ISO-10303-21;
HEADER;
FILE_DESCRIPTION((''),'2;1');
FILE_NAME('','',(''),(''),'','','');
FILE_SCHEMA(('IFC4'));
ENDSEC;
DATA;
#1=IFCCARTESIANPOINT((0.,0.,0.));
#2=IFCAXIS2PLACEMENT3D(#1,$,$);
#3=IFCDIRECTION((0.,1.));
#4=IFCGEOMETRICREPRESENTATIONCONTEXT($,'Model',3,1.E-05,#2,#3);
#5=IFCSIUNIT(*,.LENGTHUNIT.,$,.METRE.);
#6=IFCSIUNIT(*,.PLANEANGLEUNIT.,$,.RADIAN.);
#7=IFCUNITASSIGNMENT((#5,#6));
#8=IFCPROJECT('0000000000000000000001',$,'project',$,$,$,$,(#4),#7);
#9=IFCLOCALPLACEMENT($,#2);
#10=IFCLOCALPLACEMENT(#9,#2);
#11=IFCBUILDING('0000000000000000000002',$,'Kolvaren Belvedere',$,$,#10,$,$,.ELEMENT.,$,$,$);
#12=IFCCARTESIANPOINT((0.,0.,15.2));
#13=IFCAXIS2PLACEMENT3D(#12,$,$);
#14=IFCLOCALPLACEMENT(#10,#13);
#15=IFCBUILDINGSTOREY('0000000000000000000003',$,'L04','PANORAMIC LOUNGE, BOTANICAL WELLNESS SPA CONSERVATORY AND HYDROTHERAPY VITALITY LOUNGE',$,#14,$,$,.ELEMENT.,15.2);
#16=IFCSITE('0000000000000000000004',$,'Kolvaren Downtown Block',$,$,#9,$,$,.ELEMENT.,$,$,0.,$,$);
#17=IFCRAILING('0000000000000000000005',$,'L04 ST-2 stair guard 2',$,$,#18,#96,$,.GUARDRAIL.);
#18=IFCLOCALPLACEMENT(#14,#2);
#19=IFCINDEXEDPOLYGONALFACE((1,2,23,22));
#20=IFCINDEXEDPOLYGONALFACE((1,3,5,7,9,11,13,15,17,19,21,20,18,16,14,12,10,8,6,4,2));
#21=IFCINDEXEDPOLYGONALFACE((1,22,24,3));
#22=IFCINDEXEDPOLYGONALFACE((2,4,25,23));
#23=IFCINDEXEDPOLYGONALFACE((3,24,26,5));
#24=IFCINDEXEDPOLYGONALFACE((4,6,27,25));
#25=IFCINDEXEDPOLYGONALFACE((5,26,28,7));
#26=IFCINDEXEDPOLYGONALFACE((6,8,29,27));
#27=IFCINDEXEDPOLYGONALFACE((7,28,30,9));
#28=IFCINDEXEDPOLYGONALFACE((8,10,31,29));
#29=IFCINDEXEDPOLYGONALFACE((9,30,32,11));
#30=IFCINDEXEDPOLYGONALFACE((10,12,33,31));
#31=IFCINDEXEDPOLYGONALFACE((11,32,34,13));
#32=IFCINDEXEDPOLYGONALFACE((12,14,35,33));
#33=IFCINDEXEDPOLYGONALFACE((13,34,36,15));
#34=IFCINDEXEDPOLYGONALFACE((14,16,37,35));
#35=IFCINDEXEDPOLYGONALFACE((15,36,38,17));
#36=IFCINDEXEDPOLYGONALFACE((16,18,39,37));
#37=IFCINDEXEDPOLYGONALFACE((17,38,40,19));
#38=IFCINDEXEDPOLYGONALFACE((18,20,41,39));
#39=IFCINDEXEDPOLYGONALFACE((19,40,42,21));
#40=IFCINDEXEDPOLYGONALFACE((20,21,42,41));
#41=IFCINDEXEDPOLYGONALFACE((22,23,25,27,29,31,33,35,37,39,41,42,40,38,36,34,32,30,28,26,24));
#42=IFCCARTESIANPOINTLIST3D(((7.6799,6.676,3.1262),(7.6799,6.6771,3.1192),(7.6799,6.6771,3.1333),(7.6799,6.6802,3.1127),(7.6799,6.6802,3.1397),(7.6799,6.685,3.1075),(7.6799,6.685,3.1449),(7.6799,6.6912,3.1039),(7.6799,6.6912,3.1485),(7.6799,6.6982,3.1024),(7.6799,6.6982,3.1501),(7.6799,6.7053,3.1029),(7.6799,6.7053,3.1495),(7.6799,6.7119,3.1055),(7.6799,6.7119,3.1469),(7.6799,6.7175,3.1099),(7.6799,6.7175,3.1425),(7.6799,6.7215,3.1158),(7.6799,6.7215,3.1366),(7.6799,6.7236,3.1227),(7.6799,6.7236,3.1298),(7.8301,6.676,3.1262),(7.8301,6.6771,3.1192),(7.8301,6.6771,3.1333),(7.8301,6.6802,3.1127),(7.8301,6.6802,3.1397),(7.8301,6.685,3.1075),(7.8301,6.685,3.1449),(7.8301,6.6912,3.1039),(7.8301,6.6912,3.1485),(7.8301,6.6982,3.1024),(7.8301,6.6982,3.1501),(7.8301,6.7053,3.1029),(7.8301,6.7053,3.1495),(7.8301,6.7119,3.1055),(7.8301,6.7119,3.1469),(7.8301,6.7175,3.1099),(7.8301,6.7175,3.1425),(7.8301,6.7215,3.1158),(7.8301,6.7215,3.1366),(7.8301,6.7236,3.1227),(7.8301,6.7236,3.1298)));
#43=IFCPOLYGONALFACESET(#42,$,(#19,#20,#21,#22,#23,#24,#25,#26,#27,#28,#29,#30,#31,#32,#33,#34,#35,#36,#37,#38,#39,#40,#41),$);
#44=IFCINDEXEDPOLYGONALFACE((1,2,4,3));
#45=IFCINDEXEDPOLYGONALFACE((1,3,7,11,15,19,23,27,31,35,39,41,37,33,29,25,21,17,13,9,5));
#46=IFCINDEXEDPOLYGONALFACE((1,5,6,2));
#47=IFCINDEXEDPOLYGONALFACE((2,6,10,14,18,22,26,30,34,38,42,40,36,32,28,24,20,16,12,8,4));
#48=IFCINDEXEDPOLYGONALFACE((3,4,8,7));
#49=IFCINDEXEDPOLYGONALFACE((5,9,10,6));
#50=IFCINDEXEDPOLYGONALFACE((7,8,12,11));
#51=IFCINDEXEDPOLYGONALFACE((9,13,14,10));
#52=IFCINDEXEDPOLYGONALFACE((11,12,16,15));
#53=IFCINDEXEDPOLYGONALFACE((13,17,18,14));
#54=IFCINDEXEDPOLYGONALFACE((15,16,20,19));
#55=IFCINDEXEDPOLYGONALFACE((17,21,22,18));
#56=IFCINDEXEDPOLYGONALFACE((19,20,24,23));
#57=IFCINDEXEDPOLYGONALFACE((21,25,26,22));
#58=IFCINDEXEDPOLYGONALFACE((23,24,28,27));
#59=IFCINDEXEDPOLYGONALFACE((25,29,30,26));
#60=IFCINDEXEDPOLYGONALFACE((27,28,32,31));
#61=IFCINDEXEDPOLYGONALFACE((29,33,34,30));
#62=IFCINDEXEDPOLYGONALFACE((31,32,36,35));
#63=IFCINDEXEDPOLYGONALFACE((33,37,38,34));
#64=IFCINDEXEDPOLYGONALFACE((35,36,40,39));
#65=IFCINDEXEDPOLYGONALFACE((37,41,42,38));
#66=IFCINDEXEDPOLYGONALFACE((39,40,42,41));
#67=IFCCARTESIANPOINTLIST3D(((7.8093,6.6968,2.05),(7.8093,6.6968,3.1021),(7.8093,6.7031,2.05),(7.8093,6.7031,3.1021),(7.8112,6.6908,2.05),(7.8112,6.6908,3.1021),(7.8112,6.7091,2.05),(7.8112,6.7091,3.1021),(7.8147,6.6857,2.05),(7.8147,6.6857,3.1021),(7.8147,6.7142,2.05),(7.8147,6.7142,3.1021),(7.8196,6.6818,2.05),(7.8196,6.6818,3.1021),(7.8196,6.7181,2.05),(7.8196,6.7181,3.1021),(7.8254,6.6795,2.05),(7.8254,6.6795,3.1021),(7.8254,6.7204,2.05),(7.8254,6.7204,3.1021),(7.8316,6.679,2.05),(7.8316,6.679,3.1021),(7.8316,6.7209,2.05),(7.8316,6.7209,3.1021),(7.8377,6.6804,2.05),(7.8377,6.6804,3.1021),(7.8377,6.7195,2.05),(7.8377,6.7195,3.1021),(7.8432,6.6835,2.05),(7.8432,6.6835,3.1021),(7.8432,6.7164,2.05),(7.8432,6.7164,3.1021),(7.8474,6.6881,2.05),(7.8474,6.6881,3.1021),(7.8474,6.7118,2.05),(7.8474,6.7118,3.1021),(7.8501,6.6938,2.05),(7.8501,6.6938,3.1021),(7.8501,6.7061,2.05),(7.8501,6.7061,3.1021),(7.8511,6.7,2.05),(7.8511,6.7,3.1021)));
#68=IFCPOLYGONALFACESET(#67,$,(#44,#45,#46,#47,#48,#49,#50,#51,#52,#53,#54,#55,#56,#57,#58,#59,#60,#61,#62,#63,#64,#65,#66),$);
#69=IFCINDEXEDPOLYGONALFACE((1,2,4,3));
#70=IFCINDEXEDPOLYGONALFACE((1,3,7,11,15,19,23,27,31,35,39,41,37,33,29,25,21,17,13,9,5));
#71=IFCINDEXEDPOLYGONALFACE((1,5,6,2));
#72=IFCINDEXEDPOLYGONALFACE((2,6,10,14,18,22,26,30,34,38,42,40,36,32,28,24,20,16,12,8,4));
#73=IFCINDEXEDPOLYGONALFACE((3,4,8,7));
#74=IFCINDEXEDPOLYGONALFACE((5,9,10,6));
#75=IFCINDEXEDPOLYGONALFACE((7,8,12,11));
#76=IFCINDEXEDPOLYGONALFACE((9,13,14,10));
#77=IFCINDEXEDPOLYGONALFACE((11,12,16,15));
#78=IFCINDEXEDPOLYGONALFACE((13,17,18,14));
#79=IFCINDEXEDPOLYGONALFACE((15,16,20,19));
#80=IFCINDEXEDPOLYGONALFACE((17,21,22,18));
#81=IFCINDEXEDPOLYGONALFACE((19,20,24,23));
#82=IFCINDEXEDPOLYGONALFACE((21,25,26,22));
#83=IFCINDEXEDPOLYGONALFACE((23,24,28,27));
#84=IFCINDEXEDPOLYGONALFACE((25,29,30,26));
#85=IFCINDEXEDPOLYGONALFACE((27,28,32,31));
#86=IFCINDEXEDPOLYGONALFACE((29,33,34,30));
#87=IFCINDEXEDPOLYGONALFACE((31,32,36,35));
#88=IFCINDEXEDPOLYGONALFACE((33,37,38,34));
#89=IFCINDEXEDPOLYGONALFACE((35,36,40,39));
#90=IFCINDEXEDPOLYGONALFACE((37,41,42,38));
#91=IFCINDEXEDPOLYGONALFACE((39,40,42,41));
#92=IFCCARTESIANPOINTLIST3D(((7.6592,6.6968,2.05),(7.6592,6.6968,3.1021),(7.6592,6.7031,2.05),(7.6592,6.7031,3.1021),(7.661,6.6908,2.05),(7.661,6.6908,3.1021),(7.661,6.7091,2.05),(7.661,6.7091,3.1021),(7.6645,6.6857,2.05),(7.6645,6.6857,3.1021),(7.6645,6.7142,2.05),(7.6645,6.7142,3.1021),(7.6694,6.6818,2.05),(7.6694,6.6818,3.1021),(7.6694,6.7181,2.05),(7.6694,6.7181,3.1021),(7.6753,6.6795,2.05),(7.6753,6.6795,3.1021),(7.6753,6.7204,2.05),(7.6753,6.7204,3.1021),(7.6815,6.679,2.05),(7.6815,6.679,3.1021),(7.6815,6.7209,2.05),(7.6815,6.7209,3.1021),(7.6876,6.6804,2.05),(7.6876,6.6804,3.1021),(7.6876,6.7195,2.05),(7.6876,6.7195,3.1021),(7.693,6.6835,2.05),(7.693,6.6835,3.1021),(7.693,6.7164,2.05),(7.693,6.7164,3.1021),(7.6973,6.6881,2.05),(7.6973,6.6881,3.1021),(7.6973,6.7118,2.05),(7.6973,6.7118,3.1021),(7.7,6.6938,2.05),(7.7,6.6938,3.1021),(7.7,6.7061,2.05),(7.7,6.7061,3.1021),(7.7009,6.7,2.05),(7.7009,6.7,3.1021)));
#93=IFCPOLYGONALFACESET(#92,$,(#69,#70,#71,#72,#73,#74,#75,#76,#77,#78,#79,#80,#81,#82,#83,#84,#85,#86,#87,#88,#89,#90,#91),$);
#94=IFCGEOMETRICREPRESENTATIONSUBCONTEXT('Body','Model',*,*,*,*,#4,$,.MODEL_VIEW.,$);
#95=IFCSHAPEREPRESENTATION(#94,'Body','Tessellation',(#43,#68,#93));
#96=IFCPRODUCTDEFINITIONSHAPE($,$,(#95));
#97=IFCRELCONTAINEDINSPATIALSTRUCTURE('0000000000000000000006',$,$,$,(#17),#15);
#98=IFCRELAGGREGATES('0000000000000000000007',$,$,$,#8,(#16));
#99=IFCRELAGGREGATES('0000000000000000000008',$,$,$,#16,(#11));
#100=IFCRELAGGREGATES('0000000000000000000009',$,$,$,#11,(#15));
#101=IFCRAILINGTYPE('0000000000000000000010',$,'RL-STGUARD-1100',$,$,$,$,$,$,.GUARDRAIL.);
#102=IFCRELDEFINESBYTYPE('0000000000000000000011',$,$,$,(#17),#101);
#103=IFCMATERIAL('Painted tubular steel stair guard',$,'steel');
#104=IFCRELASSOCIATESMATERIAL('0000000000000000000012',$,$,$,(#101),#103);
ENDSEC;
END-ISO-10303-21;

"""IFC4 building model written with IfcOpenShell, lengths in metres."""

from ifc_helpers import new_model, si_unit, direction, frame, origin, origin_2d, place, context, subcontext, project, spatial, circle, extrude, material, type_object, element, save


model = new_model("IFC4")

# Units and contexts
model_context = context("Model", 3, precision=1e-05, world=origin(), true_north=direction((0.0, 1.0)))
body_context = subcontext(model_context, "Body", "Model", "MODEL_VIEW")
ifc_project = project(units=[si_unit("LENGTHUNIT", "METRE"), si_unit("PLANEANGLEUNIT", "RADIAN")], contexts=[model_context])

# Site, building, storey
site_placement = place(None, origin())
site = spatial("IfcSite", under=ifc_project, at=site_placement, Name="Kolvaren Downtown Block", CompositionType="ELEMENT", RefElevation=0.0)
building_placement = place(site_placement, origin())
building = spatial("IfcBuilding", under=site, at=building_placement, Name="Kolvaren Belvedere", CompositionType="ELEMENT")
storey_placement = place(building_placement, frame((0.0, 0.0, 15.2)))
storey = spatial("IfcBuildingStorey", under=building, at=storey_placement, Name="L04", Description="PANORAMIC LOUNGE, BOTANICAL WELLNESS SPA CONSERVATORY AND HYDROTHERAPY VITALITY LOUNGE", CompositionType="ELEMENT", Elevation=15.2)

# Railing
ifc_material_1 = material(Name="Painted tubular steel stair guard", Category="steel")
railing_type_1 = type_object("IfcRailingType", Name="RL-STGUARD-1100", PredefinedType="GUARDRAIL", material=ifc_material_1)
railing_1_placement = place(storey_placement, frame((7.8301, 6.7, 2.05)))
element("IfcRailing", 1, at=railing_1_placement, inside=storey, type_object=railing_type_1, Name="L04 ST-2 stair guard 2", PredefinedType="GUARDRAIL", context=body_context, shape_type="SweptSolid", body=[
    extrude(circle(Radius=0.0239, at=origin_2d()), frame((0.0, 0.0, 1.0762), z_axis=(-1.0, 0.0, 0.0), x_axis=(0.0, -1.0, 0.0)), (0.0, 0.0, 1.0), 0.1501),
    extrude(circle(Radius=0.021, at=origin_2d()), origin(), (0.0, 0.0, 1.0), 1.052),
    extrude(circle(Radius=0.021, at=origin_2d()), frame((-0.1501, 0.0, 0.0)), (0.0, 0.0, 1.0), 1.052),
])

save(model, "model.ifc")
